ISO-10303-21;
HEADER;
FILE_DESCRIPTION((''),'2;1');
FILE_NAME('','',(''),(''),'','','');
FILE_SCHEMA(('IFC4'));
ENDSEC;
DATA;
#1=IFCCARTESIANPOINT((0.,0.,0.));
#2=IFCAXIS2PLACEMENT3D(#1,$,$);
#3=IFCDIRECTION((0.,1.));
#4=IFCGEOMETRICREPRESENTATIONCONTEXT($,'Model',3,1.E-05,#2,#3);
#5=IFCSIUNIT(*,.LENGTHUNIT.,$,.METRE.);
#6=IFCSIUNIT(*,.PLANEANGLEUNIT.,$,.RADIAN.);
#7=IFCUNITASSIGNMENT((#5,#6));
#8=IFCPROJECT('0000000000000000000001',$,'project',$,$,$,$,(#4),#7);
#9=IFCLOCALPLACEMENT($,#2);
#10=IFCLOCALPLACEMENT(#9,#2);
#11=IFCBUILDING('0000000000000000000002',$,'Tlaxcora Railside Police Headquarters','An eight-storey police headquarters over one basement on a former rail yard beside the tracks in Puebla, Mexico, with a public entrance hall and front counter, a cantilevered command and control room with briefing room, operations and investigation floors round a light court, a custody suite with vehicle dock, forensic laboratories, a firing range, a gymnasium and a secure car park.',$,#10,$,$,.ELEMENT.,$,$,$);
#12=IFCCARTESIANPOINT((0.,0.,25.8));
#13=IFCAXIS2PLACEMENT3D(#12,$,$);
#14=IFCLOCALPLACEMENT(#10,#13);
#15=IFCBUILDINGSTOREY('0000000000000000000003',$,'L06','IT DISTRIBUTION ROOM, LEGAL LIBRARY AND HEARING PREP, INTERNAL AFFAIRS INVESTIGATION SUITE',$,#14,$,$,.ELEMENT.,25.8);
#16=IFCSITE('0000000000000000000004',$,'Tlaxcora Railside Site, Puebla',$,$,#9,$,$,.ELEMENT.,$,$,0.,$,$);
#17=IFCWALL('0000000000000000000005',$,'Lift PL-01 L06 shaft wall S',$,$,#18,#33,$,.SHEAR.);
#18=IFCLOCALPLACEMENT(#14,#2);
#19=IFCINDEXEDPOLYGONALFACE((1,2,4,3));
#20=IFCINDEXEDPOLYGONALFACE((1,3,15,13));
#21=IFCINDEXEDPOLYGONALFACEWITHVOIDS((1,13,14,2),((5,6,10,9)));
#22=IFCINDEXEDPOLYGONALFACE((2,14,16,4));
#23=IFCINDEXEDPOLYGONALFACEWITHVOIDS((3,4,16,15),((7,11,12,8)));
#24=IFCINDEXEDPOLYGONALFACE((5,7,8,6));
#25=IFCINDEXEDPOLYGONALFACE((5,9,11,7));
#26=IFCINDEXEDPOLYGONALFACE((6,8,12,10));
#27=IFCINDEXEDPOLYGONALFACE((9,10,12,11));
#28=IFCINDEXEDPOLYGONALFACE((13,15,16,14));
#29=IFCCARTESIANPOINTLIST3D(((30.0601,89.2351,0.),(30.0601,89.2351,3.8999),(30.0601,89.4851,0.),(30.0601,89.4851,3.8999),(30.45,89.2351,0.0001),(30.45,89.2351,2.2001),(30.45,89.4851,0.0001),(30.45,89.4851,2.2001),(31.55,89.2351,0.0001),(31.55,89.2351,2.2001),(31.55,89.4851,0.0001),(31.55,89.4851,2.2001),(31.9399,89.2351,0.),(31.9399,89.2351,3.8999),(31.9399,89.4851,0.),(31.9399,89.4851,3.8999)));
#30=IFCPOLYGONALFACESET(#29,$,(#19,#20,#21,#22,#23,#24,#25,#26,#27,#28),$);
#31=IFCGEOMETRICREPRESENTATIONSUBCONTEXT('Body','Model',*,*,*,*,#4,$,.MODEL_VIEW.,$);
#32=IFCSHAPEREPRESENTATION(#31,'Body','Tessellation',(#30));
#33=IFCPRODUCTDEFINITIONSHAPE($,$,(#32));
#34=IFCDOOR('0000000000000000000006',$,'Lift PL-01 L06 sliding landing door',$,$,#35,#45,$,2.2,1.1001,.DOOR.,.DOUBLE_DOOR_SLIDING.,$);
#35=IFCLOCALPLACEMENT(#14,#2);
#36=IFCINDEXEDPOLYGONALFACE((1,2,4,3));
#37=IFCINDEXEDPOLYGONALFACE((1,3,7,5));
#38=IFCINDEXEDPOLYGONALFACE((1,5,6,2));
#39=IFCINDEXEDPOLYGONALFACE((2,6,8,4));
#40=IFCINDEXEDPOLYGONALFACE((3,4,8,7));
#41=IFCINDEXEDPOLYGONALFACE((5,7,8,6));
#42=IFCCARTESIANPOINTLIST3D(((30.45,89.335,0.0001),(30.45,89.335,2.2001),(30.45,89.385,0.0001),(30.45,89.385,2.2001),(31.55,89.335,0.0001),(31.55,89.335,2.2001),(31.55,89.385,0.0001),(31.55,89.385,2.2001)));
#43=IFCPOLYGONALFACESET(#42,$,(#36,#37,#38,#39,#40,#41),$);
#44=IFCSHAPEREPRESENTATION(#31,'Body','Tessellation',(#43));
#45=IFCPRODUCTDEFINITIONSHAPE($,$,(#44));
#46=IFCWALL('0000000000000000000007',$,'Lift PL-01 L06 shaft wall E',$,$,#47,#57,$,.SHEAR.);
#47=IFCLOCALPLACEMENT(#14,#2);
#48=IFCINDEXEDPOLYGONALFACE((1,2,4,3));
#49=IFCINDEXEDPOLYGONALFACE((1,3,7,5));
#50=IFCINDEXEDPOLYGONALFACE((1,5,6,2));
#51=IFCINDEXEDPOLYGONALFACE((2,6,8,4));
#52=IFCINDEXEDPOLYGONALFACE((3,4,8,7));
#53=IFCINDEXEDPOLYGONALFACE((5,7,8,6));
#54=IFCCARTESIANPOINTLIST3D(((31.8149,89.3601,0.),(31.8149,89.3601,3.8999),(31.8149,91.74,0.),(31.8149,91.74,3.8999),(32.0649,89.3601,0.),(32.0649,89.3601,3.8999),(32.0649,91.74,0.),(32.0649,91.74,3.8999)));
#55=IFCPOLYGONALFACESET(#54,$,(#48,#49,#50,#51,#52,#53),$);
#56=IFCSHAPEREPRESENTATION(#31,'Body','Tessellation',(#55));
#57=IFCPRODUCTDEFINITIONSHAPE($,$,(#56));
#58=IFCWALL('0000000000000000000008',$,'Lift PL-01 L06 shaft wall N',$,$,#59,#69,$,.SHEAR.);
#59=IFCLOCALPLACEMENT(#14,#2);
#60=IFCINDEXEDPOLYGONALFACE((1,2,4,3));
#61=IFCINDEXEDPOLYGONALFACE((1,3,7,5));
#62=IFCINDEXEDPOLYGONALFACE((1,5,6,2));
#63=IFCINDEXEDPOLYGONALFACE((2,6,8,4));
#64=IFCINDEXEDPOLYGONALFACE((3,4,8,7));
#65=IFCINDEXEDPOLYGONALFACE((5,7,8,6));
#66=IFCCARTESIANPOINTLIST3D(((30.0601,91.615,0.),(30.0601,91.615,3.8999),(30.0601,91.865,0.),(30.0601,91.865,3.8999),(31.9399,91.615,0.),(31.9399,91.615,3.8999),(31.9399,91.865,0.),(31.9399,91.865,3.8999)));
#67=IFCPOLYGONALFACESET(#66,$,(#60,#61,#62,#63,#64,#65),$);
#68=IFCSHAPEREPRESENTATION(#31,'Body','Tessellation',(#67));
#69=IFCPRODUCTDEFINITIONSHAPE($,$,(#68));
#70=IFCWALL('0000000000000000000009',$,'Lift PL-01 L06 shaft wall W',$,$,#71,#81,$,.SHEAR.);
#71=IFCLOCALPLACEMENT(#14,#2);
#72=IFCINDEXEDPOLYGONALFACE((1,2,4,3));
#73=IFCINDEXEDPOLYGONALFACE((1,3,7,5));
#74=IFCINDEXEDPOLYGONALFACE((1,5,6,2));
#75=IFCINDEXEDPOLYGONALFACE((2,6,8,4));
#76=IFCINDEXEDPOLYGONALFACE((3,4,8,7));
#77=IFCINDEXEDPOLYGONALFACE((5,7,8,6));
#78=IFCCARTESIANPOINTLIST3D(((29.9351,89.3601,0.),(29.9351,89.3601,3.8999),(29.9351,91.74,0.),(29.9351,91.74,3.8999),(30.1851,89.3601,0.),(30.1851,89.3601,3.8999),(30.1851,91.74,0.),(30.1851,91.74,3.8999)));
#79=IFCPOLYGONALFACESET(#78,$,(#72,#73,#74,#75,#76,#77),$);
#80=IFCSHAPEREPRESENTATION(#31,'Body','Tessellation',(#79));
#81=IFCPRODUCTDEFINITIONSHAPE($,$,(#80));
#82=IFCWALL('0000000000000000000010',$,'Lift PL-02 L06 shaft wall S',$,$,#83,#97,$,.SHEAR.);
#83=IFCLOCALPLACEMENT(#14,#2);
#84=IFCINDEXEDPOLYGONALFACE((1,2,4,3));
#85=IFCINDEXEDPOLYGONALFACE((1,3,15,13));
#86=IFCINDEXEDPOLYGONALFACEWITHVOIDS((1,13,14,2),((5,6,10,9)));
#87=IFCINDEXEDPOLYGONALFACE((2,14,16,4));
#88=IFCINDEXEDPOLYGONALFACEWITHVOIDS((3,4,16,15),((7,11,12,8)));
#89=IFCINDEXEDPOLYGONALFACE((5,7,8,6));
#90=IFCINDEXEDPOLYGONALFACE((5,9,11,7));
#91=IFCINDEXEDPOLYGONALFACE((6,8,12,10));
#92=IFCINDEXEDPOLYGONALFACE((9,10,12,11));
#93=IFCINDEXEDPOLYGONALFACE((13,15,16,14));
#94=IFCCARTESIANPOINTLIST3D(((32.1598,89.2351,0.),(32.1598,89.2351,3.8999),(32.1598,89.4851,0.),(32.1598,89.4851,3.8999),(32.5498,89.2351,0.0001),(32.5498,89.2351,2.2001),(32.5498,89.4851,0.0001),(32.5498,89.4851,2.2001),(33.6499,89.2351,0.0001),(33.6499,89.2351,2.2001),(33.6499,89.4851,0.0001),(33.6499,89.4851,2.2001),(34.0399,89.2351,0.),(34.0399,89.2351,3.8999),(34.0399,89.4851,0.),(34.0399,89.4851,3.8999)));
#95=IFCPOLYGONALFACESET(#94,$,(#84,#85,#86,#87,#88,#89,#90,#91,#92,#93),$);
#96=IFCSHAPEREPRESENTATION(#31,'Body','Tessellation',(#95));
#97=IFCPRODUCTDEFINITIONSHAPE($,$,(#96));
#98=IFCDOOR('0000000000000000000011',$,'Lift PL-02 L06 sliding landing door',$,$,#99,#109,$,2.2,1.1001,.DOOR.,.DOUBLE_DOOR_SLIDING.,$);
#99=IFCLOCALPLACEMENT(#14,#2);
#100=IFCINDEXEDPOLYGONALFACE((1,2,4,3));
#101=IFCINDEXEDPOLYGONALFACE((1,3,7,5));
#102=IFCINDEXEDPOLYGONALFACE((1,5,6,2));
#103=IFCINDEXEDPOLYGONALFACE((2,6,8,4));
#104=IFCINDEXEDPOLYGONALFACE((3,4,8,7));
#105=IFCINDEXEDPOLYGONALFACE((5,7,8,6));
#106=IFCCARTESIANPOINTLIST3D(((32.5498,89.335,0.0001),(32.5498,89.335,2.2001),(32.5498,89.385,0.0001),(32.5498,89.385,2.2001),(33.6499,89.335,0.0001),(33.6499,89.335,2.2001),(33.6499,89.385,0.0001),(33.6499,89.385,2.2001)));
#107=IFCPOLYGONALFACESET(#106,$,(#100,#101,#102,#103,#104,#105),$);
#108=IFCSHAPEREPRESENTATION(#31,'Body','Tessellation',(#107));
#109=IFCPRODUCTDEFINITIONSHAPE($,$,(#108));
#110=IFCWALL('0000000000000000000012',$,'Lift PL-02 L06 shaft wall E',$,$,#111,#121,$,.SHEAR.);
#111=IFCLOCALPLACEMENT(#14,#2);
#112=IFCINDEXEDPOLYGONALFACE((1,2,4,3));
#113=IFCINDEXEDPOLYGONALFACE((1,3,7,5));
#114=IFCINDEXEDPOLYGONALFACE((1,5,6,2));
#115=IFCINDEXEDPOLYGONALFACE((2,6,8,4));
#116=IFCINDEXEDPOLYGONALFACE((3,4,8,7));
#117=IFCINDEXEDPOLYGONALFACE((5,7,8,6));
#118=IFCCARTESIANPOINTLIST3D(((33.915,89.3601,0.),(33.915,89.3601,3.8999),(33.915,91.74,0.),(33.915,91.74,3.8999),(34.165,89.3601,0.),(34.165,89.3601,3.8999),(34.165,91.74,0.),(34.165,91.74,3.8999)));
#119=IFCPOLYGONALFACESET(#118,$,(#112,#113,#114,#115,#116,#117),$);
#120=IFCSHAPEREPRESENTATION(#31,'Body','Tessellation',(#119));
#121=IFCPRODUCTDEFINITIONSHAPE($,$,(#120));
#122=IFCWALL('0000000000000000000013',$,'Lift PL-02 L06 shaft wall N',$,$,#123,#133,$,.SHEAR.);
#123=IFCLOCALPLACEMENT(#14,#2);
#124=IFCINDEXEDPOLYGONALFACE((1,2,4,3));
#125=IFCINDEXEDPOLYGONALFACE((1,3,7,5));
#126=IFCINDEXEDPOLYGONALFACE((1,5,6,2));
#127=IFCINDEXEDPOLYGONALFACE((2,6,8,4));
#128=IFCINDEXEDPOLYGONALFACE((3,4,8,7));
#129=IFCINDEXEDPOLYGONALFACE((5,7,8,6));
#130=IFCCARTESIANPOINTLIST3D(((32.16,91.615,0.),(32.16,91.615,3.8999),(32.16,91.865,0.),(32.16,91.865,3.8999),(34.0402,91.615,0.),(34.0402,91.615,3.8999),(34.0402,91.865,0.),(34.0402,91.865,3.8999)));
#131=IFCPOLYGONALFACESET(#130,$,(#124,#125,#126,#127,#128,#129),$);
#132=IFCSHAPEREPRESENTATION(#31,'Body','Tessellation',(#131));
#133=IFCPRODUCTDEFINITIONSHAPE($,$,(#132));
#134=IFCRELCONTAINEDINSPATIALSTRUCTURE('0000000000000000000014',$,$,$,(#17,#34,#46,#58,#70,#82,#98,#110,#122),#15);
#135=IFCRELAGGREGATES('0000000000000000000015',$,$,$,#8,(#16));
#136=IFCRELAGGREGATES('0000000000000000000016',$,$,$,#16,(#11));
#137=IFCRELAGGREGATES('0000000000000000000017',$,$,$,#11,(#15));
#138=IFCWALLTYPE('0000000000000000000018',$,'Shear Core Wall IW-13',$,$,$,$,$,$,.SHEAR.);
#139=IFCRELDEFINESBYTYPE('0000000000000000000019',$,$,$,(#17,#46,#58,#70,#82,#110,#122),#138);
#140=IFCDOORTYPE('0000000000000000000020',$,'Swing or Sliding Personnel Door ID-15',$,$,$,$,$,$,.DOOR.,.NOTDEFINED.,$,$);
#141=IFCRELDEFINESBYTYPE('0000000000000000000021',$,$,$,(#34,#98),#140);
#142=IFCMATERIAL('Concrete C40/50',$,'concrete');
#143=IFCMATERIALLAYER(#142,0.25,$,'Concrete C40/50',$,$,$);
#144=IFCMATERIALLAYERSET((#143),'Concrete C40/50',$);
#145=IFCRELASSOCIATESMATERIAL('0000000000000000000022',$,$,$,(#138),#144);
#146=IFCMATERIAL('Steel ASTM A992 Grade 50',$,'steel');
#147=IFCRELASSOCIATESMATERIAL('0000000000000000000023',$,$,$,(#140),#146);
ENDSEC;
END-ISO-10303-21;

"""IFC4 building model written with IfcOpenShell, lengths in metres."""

from ifc_helpers import new_model, si_unit, direction, frame, frame_2d, origin, place, context, subcontext, project, spatial, rectangle, extrude, material, layer, layer_set, type_object, element, fill, save


model = new_model("IFC4")

# Units and contexts
model_context = context("Model", 3, precision=1e-05, world=origin(), true_north=direction((0.0, 1.0)))
body_context = subcontext(model_context, "Body", "Model", "MODEL_VIEW")
ifc_project = project(units=[si_unit("LENGTHUNIT", "METRE"), si_unit("PLANEANGLEUNIT", "RADIAN")], contexts=[model_context])

# Site, building, storey
site_placement = place(None, origin())
site = spatial("IfcSite", under=ifc_project, at=site_placement, Name="Tlaxcora Railside Site, Puebla", CompositionType="ELEMENT", RefElevation=0.0)
building_placement = place(site_placement, origin())
building = spatial("IfcBuilding", under=site, at=building_placement, Name="Tlaxcora Railside Police Headquarters", Description="An eight-storey police headquarters over one basement on a former rail yard beside the tracks in Puebla, Mexico, with a public entrance hall and front counter, a cantilevered command and control room with briefing room, operations and investigation floors round a light court, a custody suite with vehicle dock, forensic laboratories, a firing range, a gymnasium and a secure car park.", CompositionType="ELEMENT")
storey_placement = place(building_placement, frame((0.0, 0.0, 25.8)))
storey = spatial("IfcBuildingStorey", under=building, at=storey_placement, Name="L06", Description="IT DISTRIBUTION ROOM, LEGAL LIBRARY AND HEARING PREP, INTERNAL AFFAIRS INVESTIGATION SUITE", CompositionType="ELEMENT", Elevation=25.8)

# Shared definitions
ifc_material_1 = material(Name="Concrete C40/50", Category="concrete")

# Shared definitions
ifc_material_2 = material(Name="Steel ASTM A992 Grade 50", Category="steel")

# Wall, opening, door
ifc_layer_1 = layer(ifc_material_1, 0.25, Name="Concrete C40/50")
ifc_layer_set_1 = layer_set([ifc_layer_1], Name="Concrete C40/50")
wall_type_1 = type_object("IfcWallType", Name="Shear Core Wall IW-13", PredefinedType="SHEAR", material=ifc_layer_set_1)
wall_1_placement = place(storey_placement, frame((30.0601, 89.3601, 0.0), z_axis=(0.0, 0.0, 1.0), x_axis=(1.0, 0.0, 0.0)))
wall_1 = element("IfcWall", 1, at=wall_1_placement, inside=storey, type_object=wall_type_1, Name="Lift PL-01 L06 shaft wall S", PredefinedType="SHEAR", context=body_context, shape_type="SweptSolid", body=[
    extrude(rectangle(XDim=1.8799, YDim=0.25, at=frame_2d((0.9399, 0.0))), origin(), (0.0, 0.0, 1.0), 3.8999),
])
opening_1_placement = place(wall_1_placement, frame((0.3899, 0.0, 0.0)))
opening_1 = element("IfcOpeningElement", 2, at=opening_1_placement, cuts=wall_1, PredefinedType="OPENING", context=body_context, shape_type="SweptSolid", body=[
    extrude(rectangle(XDim=1.1001, YDim=2.2, at=frame_2d((0.55, 1.1001))), frame((0.0, 0.135, 0.0), z_axis=(0.0, -1.0, 0.0), x_axis=(1.0, 0.0, 0.0)), (0.0, 0.0, 1.0), 0.27),
])
door_type_1 = type_object("IfcDoorType", Name="Swing or Sliding Personnel Door ID-15", OperationType="NOTDEFINED", PredefinedType="DOOR", material=ifc_material_2)
door_1_placement = place(opening_1_placement, origin())
door_1 = element("IfcDoor", 3, at=door_1_placement, inside=storey, type_object=door_type_1, Name="Lift PL-01 L06 sliding landing door", OperationType="DOUBLE_DOOR_SLIDING", OverallHeight=2.2, OverallWidth=1.1001, PredefinedType="DOOR", context=body_context, shape_type="SweptSolid", body=[
    extrude(rectangle(XDim=1.1001, YDim=2.2, at=frame_2d((0.55, 1.1001))), frame((0.0, 0.0249, 0.0), z_axis=(0.0, -1.0, 0.0), x_axis=(1.0, 0.0, 0.0)), (0.0, 0.0, 1.0), 0.05),
])
fill(opening_1, door_1)

# Walls
wall_2_placement = place(storey_placement, frame((31.9399, 89.3601, 0.0), z_axis=(0.0, 0.0, 1.0), x_axis=(0.0, 1.0, 0.0)))
element("IfcWall", 4, at=wall_2_placement, inside=storey, type_object=wall_type_1, Name="Lift PL-01 L06 shaft wall E", PredefinedType="SHEAR", context=body_context, shape_type="SweptSolid", body=[
    extrude(rectangle(XDim=2.3799, YDim=0.25, at=frame_2d((1.1899, 0.0))), origin(), (0.0, 0.0, 1.0), 3.8999),
])
wall_3_placement = place(storey_placement, frame((31.9399, 91.74, 0.0), z_axis=(0.0, 0.0, 1.0), x_axis=(-1.0, 0.0, 0.0)))
element("IfcWall", 5, at=wall_3_placement, inside=storey, type_object=wall_type_1, Name="Lift PL-01 L06 shaft wall N", PredefinedType="SHEAR", context=body_context, shape_type="SweptSolid", body=[
    extrude(rectangle(XDim=1.8799, YDim=0.25, at=frame_2d((0.9399, 0.0))), origin(), (0.0, 0.0, 1.0), 3.8999),
])
wall_4_placement = place(storey_placement, frame((30.0601, 91.74, 0.0), z_axis=(0.0, 0.0, 1.0), x_axis=(0.0, -1.0, 0.0)))
element("IfcWall", 6, at=wall_4_placement, inside=storey, type_object=wall_type_1, Name="Lift PL-01 L06 shaft wall W", PredefinedType="SHEAR", context=body_context, shape_type="SweptSolid", body=[
    extrude(rectangle(XDim=2.3799, YDim=0.25, at=frame_2d((1.1899, 0.0))), origin(), (0.0, 0.0, 1.0), 3.8999),
])

# Wall, opening, door
wall_5_placement = place(storey_placement, frame((32.1599, 89.3601, 0.0), z_axis=(0.0, 0.0, 1.0), x_axis=(1.0, 0.0, 0.0)))
wall_5 = element("IfcWall", 7, at=wall_5_placement, inside=storey, type_object=wall_type_1, Name="Lift PL-02 L06 shaft wall S", PredefinedType="SHEAR", context=body_context, shape_type="SweptSolid", body=[
    extrude(rectangle(XDim=1.8801, YDim=0.25, at=frame_2d((0.9399, 0.0))), origin(), (0.0, 0.0, 1.0), 3.8999),
])
opening_2_placement = place(wall_5_placement, frame((0.3899, 0.0, 0.0)))
opening_2 = element("IfcOpeningElement", 8, at=opening_2_placement, cuts=wall_5, PredefinedType="OPENING", context=body_context, shape_type="SweptSolid", body=[
    extrude(rectangle(XDim=1.1001, YDim=2.2, at=frame_2d((0.55, 1.1001))), frame((0.0, 0.135, 0.0), z_axis=(0.0, -1.0, 0.0), x_axis=(1.0, 0.0, 0.0)), (0.0, 0.0, 1.0), 0.27),
])
door_2_placement = place(opening_2_placement, origin())
door_2 = element("IfcDoor", 9, at=door_2_placement, inside=storey, type_object=door_type_1, Name="Lift PL-02 L06 sliding landing door", OperationType="DOUBLE_DOOR_SLIDING", OverallHeight=2.2, OverallWidth=1.1001, PredefinedType="DOOR", context=body_context, shape_type="SweptSolid", body=[
    extrude(rectangle(XDim=1.1001, YDim=2.2, at=frame_2d((0.55, 1.1001))), frame((0.0, 0.0249, 0.0), z_axis=(0.0, -1.0, 0.0), x_axis=(1.0, 0.0, 0.0)), (0.0, 0.0, 1.0), 0.05),
])
fill(opening_2, door_2)

# Walls
wall_6_placement = place(storey_placement, frame((34.04, 89.3601, 0.0), z_axis=(0.0, 0.0, 1.0), x_axis=(0.0, 1.0, 0.0)))
element("IfcWall", 10, at=wall_6_placement, inside=storey, type_object=wall_type_1, Name="Lift PL-02 L06 shaft wall E", PredefinedType="SHEAR", context=body_context, shape_type="SweptSolid", body=[
    extrude(rectangle(XDim=2.3799, YDim=0.25, at=frame_2d((1.1899, 0.0))), origin(), (0.0, 0.0, 1.0), 3.8999),
])
wall_7_placement = place(storey_placement, frame((34.04, 91.74, 0.0), z_axis=(0.0, 0.0, 1.0), x_axis=(-1.0, 0.0, 0.0)))
element("IfcWall", 11, at=wall_7_placement, inside=storey, type_object=wall_type_1, Name="Lift PL-02 L06 shaft wall N", PredefinedType="SHEAR", context=body_context, shape_type="SweptSolid", body=[
    extrude(rectangle(XDim=1.8801, YDim=0.25, at=frame_2d((0.9399, 0.0))), origin(), (0.0, 0.0, 1.0), 3.8999),
])

save(model, "model.ifc")
